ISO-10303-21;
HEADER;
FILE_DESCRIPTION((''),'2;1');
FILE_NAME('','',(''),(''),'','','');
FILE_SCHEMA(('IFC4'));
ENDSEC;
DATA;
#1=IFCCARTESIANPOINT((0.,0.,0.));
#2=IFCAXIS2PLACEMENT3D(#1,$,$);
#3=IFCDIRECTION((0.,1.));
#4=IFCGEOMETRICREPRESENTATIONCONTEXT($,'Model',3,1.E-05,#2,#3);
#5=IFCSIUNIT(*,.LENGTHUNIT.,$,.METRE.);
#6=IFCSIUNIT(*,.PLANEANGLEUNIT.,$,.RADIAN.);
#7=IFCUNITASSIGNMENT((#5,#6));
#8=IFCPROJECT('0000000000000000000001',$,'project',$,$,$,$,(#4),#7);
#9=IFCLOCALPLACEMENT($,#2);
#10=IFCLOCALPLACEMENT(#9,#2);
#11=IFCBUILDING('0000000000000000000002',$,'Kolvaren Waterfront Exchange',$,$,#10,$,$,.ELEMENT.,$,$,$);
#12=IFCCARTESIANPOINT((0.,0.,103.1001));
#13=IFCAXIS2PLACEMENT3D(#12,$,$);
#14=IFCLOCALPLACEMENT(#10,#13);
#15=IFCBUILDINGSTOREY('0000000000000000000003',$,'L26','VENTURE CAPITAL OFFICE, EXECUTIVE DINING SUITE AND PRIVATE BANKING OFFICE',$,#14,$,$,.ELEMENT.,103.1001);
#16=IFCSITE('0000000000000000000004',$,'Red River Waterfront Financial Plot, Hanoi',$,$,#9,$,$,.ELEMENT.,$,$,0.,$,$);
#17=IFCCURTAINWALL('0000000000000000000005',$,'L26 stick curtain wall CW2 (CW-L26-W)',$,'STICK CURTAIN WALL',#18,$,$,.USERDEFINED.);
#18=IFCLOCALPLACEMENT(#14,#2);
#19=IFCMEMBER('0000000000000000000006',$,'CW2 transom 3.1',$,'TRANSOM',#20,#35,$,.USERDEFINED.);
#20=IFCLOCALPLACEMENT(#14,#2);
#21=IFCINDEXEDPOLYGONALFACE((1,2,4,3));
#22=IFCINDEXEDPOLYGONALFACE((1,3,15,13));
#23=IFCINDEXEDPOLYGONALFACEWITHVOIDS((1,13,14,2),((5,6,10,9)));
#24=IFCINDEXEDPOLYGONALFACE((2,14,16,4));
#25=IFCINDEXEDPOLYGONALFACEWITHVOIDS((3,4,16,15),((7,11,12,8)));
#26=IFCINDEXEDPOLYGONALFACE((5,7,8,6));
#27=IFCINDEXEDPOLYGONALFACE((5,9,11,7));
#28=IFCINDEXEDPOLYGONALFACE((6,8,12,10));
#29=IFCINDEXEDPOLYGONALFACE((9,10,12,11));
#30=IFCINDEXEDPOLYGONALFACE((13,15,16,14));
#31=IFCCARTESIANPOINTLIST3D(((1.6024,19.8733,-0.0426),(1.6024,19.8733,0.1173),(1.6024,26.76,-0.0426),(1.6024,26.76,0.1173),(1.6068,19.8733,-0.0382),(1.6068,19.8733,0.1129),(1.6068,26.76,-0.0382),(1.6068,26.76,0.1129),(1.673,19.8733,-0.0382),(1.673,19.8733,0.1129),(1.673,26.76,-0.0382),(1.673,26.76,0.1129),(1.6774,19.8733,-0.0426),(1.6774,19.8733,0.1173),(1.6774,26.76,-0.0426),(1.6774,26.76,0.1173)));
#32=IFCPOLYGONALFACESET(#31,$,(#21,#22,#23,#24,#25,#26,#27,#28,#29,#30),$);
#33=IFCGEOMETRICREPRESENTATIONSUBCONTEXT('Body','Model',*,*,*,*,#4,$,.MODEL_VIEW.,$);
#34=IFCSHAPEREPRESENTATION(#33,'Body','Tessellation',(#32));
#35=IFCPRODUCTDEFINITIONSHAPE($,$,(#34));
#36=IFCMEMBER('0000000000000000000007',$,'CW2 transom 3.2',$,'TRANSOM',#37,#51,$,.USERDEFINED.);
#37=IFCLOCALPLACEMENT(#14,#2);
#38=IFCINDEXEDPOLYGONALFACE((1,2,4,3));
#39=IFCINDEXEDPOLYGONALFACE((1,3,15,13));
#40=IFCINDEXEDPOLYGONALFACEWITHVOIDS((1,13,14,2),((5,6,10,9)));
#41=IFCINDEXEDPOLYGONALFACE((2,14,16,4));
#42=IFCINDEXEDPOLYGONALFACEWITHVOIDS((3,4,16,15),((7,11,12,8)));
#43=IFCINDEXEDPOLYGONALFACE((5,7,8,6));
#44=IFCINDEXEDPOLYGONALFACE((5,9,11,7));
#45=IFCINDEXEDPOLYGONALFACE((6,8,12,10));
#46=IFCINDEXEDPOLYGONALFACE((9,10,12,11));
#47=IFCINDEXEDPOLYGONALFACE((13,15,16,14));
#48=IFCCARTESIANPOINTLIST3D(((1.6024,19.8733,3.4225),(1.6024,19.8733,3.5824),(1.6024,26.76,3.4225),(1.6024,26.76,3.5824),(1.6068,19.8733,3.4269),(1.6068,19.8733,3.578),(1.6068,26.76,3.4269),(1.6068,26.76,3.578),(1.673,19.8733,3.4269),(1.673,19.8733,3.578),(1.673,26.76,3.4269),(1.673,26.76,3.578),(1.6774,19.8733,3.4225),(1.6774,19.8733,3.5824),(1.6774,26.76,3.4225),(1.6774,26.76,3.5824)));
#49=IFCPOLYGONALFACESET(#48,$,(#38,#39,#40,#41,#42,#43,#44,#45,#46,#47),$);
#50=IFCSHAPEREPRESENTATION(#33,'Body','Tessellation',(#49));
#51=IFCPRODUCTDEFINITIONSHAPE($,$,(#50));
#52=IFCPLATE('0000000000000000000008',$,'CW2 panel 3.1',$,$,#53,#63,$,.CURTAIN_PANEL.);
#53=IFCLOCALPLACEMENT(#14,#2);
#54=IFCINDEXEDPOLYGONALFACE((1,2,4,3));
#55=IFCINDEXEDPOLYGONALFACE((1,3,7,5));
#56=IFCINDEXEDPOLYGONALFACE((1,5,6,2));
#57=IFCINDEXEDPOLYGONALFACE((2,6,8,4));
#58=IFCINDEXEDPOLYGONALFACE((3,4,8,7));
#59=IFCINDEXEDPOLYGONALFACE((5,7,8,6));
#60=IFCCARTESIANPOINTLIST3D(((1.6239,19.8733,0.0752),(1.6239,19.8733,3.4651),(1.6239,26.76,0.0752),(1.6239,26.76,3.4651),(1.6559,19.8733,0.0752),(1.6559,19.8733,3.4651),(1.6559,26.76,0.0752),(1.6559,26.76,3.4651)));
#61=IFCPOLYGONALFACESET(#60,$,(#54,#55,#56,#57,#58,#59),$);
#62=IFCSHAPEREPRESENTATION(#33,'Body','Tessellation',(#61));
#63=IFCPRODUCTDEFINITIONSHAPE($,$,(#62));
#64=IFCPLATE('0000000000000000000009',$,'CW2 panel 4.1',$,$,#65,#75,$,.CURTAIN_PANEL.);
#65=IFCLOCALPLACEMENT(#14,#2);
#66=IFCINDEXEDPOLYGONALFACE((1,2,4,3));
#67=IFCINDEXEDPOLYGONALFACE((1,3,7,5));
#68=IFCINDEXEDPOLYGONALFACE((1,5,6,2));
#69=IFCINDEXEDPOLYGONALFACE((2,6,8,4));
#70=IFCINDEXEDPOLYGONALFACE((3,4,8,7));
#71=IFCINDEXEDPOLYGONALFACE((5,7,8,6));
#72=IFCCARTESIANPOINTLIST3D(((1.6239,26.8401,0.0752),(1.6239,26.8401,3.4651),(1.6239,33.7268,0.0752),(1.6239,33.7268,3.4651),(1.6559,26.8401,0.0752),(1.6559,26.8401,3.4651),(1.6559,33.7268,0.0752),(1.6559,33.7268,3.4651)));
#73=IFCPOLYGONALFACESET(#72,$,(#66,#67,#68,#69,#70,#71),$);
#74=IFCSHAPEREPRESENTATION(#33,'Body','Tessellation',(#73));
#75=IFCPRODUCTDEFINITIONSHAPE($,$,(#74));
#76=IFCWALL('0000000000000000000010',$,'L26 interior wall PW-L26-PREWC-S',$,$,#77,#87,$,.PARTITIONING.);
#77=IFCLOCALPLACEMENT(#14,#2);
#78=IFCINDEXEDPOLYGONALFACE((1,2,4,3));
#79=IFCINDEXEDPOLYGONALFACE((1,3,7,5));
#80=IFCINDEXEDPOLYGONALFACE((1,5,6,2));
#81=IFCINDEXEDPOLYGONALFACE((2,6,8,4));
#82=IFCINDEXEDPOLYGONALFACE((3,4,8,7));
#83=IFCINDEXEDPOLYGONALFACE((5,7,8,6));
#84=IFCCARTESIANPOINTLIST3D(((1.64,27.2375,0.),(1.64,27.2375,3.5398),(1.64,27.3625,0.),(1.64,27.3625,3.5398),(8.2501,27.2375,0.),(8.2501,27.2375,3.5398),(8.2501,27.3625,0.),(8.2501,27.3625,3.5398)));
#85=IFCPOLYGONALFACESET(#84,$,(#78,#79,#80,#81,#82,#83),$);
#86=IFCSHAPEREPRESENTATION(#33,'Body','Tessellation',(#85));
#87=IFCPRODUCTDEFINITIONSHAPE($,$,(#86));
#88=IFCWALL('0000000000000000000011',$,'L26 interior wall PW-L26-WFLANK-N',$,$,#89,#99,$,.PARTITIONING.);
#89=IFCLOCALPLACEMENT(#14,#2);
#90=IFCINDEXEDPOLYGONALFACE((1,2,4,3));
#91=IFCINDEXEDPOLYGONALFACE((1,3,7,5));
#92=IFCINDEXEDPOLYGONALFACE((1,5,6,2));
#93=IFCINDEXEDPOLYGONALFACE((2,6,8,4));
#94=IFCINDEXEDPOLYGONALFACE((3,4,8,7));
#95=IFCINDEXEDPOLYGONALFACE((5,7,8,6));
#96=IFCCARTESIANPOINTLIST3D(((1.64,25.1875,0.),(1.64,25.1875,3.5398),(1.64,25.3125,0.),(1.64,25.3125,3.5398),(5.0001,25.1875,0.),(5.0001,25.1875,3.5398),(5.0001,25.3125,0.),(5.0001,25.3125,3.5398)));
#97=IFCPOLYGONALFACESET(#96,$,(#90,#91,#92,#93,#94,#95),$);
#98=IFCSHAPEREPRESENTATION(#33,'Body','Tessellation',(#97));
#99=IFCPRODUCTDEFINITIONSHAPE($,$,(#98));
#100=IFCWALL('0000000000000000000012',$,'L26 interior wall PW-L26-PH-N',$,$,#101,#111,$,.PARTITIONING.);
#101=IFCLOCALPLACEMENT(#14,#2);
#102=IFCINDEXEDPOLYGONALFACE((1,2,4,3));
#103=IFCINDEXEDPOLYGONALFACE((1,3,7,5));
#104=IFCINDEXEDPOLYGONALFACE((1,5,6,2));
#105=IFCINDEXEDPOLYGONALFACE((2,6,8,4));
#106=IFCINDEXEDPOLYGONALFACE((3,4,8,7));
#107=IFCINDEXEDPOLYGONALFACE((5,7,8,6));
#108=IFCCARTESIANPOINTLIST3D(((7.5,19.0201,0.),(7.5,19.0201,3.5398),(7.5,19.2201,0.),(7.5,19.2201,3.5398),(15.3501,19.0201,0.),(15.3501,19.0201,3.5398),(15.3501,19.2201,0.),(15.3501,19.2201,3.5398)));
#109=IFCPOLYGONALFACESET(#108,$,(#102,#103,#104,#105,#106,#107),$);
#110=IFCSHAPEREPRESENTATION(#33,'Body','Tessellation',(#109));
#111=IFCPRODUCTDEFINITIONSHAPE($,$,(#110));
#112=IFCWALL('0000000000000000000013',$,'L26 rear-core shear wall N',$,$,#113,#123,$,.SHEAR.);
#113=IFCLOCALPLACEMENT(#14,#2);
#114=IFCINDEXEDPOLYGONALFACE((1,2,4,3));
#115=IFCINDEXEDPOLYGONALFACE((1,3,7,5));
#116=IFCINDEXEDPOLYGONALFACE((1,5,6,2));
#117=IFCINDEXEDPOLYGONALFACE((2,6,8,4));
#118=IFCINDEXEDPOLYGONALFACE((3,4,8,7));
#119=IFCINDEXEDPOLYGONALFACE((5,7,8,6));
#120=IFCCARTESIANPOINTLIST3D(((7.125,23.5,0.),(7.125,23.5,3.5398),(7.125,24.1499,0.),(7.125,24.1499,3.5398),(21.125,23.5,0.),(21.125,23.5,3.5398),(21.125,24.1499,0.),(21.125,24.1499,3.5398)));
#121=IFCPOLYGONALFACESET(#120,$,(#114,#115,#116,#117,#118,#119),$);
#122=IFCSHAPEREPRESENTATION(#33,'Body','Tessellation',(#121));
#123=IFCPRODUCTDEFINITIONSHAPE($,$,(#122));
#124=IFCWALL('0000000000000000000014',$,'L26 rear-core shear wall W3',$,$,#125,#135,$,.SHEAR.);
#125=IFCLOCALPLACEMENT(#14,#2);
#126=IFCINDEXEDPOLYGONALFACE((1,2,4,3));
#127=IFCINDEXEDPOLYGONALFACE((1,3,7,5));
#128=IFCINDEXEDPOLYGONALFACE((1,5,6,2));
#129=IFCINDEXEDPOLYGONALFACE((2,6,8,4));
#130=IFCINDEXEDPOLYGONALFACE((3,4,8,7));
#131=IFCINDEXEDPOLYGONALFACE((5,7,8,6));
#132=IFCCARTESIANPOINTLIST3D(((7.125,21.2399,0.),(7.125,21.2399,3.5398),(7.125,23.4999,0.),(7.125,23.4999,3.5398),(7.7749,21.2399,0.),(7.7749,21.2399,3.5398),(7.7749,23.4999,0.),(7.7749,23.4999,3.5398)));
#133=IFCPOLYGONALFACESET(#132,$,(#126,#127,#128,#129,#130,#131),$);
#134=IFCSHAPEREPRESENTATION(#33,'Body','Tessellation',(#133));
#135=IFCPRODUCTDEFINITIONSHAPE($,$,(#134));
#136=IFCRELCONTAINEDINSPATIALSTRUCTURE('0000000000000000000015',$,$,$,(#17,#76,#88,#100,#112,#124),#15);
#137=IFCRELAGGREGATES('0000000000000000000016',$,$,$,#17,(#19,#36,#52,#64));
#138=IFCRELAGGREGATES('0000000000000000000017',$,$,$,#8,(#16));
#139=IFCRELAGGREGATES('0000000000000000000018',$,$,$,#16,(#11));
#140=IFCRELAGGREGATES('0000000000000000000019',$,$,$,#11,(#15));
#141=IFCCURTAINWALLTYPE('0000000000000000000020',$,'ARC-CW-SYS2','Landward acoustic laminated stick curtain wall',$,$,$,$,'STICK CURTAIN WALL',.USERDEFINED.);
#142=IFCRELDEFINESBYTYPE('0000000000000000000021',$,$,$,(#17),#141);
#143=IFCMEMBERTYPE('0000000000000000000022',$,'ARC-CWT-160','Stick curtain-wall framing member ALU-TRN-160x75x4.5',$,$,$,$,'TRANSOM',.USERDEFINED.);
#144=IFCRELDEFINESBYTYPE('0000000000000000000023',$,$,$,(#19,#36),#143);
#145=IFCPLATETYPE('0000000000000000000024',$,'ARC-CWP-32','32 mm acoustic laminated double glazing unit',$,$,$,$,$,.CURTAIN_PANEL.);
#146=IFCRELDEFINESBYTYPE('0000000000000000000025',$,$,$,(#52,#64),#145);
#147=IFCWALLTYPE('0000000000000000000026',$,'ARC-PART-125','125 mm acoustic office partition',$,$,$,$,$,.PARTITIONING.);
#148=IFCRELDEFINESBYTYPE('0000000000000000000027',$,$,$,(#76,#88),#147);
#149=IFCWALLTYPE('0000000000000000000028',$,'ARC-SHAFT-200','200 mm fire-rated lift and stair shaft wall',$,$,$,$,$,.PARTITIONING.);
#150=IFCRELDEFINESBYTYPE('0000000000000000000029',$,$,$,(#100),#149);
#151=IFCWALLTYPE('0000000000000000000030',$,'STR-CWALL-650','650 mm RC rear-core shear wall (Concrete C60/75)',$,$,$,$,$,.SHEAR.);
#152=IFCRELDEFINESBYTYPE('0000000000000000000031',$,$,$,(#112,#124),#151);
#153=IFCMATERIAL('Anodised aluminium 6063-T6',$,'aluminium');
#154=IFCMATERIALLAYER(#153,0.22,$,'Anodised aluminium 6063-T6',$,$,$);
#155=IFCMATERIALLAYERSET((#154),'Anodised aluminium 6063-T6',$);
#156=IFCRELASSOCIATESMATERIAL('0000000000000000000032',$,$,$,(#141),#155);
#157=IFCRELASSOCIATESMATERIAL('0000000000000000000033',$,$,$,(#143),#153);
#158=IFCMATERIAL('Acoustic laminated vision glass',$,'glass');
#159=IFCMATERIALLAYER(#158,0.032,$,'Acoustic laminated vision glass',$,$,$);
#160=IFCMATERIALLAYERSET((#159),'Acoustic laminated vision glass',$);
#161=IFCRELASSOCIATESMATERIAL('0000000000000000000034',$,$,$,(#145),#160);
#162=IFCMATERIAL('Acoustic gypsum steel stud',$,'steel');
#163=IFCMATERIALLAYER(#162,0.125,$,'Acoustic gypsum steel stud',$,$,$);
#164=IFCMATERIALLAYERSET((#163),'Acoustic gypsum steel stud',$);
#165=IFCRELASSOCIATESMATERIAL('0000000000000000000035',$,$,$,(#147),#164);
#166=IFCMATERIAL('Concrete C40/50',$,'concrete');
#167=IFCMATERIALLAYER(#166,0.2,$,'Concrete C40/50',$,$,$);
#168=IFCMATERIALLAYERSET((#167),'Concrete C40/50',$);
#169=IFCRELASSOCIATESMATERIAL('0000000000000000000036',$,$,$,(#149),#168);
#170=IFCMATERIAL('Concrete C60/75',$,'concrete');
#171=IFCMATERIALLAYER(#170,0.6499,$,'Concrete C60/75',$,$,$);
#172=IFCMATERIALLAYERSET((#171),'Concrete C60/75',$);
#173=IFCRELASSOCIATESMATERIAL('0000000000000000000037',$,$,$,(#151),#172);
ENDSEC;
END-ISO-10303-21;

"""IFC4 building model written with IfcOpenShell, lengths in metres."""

from ifc_helpers import new_model, si_unit, direction, frame, frame_2d, origin, origin_with_axes, origin_2d, place, context, subcontext, project, spatial, rectangle, hollow_rectangle, extrude, source, transform, mapped, material, layer, layer_set, material_profile, profile_set, type_object, element, aggregate, save


model = new_model("IFC4")

# Units and contexts
model_context = context("Model", 3, precision=1e-05, world=origin(), true_north=direction((0.0, 1.0)))
body_context = subcontext(model_context, "Body", "Model", "MODEL_VIEW")
ifc_project = project(units=[si_unit("LENGTHUNIT", "METRE"), si_unit("PLANEANGLEUNIT", "RADIAN")], contexts=[model_context])

# Site, building, storey
site_placement = place(None, origin())
site = spatial("IfcSite", under=ifc_project, at=site_placement, Name="Red River Waterfront Financial Plot, Hanoi", CompositionType="ELEMENT", RefElevation=0.0)
building_placement = place(site_placement, origin())
building = spatial("IfcBuilding", under=site, at=building_placement, Name="Kolvaren Waterfront Exchange", CompositionType="ELEMENT")
storey_placement = place(building_placement, frame((0.0, 0.0, 103.1001)))
storey = spatial("IfcBuildingStorey", under=building, at=storey_placement, Name="L26", Description="VENTURE CAPITAL OFFICE, EXECUTIVE DINING SUITE AND PRIVATE BANKING OFFICE", CompositionType="ELEMENT", Elevation=103.1001)

# Shared definitions
ifc_material_1 = material(Name="Concrete C60/75", Category="concrete")

# Curtain wall, members, plates
ifc_material_2 = material(Name="Anodised aluminium 6063-T6", Category="aluminium")
ifc_layer_1 = layer(ifc_material_2, 0.22, Name="Anodised aluminium 6063-T6")
ifc_layer_set_1 = layer_set([ifc_layer_1], Name="Anodised aluminium 6063-T6")
curtain_wall_type = type_object("IfcCurtainWallType", Name="ARC-CW-SYS2", Description="Landward acoustic laminated stick curtain wall", ElementType="STICK CURTAIN WALL", PredefinedType="USERDEFINED", material=ifc_layer_set_1)
curtain_wall_placement = place(storey_placement, origin())
curtain_wall = element("IfcCurtainWall", 1, at=curtain_wall_placement, inside=storey, type_object=curtain_wall_type, Name="L26 stick curtain wall CW2 (CW-L26-W)", ObjectType="STICK CURTAIN WALL", PredefinedType="USERDEFINED")
ifc_material_profile_1 = material_profile(ifc_material_2, hollow_rectangle(XDim=0.075, YDim=0.1599, WallThickness=0.0044, at=origin_2d()), Name="ALU-TRN-160x75x4.5")
ifc_profile_set_1 = profile_set([ifc_material_profile_1], Name="Anodised aluminium 6063-T6")
member_type_1 = type_object("IfcMemberType", Name="ARC-CWT-160", Description="Stick curtain-wall framing member ALU-TRN-160x75x4.5", ElementType="TRANSOM", PredefinedType="USERDEFINED", material=ifc_profile_set_1)
shared_shape_1 = source(origin_with_axes(), body_context, "Body", "SweptSolid", [
    extrude(hollow_rectangle(XDim=0.075, YDim=0.1599, WallThickness=0.0044, at=origin_2d()), origin(), (0.0, 0.0, 1.0), 6.8867),
])
member_1_placement = place(storey_placement, frame((1.6399, 19.8733, 0.0374), z_axis=(0.0, 1.0, 0.0), x_axis=(-1.0, 0.0, 0.0)))
member_1 = element("IfcMember", 2, at=member_1_placement, type_object=member_type_1, Name="CW2 transom 3.1", ObjectType="TRANSOM", PredefinedType="USERDEFINED", context=body_context, shape_type="MappedRepresentation", body=[
    mapped(shared_shape_1, transform((0.0, 0.0, 0.0), x_axis=(1.0, 0.0, 0.0), y_axis=(0.0, 1.0, 0.0), z_axis=(0.0, 0.0, 1.0), scale=1.0)),
])
member_2_placement = place(storey_placement, frame((1.6399, 19.8733, 3.5024), z_axis=(0.0, 1.0, 0.0), x_axis=(-1.0, 0.0, 0.0)))
member_2 = element("IfcMember", 3, at=member_2_placement, type_object=member_type_1, Name="CW2 transom 3.2", ObjectType="TRANSOM", PredefinedType="USERDEFINED", context=body_context, shape_type="MappedRepresentation", body=[
    mapped(shared_shape_1, transform((0.0, 0.0, 0.0), x_axis=(1.0, 0.0, 0.0), y_axis=(0.0, 1.0, 0.0), z_axis=(0.0, 0.0, 1.0), scale=1.0)),
])
ifc_material_3 = material(Name="Acoustic laminated vision glass", Category="glass")
ifc_layer_2 = layer(ifc_material_3, 0.032, Name="Acoustic laminated vision glass")
ifc_layer_set_2 = layer_set([ifc_layer_2], Name="Acoustic laminated vision glass")
plate_type = type_object("IfcPlateType", Name="ARC-CWP-32", Description="32 mm acoustic laminated double glazing unit", PredefinedType="CURTAIN_PANEL", material=ifc_layer_set_2)
shared_shape_2 = source(origin_with_axes(), body_context, "Body", "SweptSolid", [
    extrude(rectangle(XDim=6.8867, YDim=0.032, at=origin_2d()), origin(), (0.0, 0.0, 1.0), 3.3899),
])
plate_1_placement = place(storey_placement, frame((1.6399, 23.3167, 0.0752), z_axis=(0.0, 0.0, 1.0), x_axis=(0.0, 1.0, 0.0)))
plate_1 = element("IfcPlate", 4, at=plate_1_placement, type_object=plate_type, Name="CW2 panel 3.1", PredefinedType="CURTAIN_PANEL", context=body_context, shape_type="MappedRepresentation", body=[
    mapped(shared_shape_2, transform((0.0, 0.0, 0.0), x_axis=(1.0, 0.0, 0.0), y_axis=(0.0, 1.0, 0.0), z_axis=(0.0, 0.0, 1.0), scale=1.0)),
])
plate_2_placement = place(storey_placement, frame((1.6399, 30.2834, 0.0752), z_axis=(0.0, 0.0, 1.0), x_axis=(0.0, 1.0, 0.0)))
plate_2 = element("IfcPlate", 5, at=plate_2_placement, type_object=plate_type, Name="CW2 panel 4.1", PredefinedType="CURTAIN_PANEL", context=body_context, shape_type="MappedRepresentation", body=[
    mapped(shared_shape_2, transform((0.0, 0.0, 0.0), x_axis=(1.0, 0.0, 0.0), y_axis=(0.0, 1.0, 0.0), z_axis=(0.0, 0.0, 1.0), scale=1.0)),
])
aggregate(curtain_wall, [member_1, member_2, plate_1, plate_2])

# Walls
ifc_material_4 = material(Name="Acoustic gypsum steel stud", Category="steel")
ifc_layer_3 = layer(ifc_material_4, 0.125, Name="Acoustic gypsum steel stud")
ifc_layer_set_3 = layer_set([ifc_layer_3], Name="Acoustic gypsum steel stud")
wall_type_1 = type_object("IfcWallType", Name="ARC-PART-125", Description="125 mm acoustic office partition", PredefinedType="PARTITIONING", material=ifc_layer_set_3)
wall_1_placement = place(storey_placement, frame((1.6399, 27.3, 0.0), z_axis=(0.0, 0.0, 1.0), x_axis=(1.0, 0.0, 0.0)))
element("IfcWall", 6, at=wall_1_placement, inside=storey, type_object=wall_type_1, Name="L26 interior wall PW-L26-PREWC-S", PredefinedType="PARTITIONING", context=body_context, shape_type="SweptSolid", body=[
    extrude(rectangle(XDim=6.6101, YDim=0.125, at=frame_2d((3.3052, 0.0))), origin(), (0.0, 0.0, 1.0), 3.5398),
])
wall_2_placement = place(storey_placement, frame((1.6399, 25.25, 0.0), z_axis=(0.0, 0.0, 1.0), x_axis=(1.0, 0.0, 0.0)))
element("IfcWall", 7, at=wall_2_placement, inside=storey, type_object=wall_type_1, Name="L26 interior wall PW-L26-WFLANK-N", PredefinedType="PARTITIONING", context=body_context, shape_type="SweptSolid", body=[
    extrude(rectangle(XDim=3.3601, YDim=0.125, at=frame_2d((1.6802, 0.0))), origin(), (0.0, 0.0, 1.0), 3.5398),
])
ifc_material_5 = material(Name="Concrete C40/50", Category="concrete")
ifc_layer_4 = layer(ifc_material_5, 0.2, Name="Concrete C40/50")
ifc_layer_set_4 = layer_set([ifc_layer_4], Name="Concrete C40/50")
wall_type_2 = type_object("IfcWallType", Name="ARC-SHAFT-200", Description="200 mm fire-rated lift and stair shaft wall", PredefinedType="PARTITIONING", material=ifc_layer_set_4)
wall_3_placement = place(storey_placement, frame((7.5, 19.1201, 0.0), z_axis=(0.0, 0.0, 1.0), x_axis=(1.0, 0.0, 0.0)))
element("IfcWall", 8, at=wall_3_placement, inside=storey, type_object=wall_type_2, Name="L26 interior wall PW-L26-PH-N", PredefinedType="PARTITIONING", context=body_context, shape_type="SweptSolid", body=[
    extrude(rectangle(XDim=7.8501, YDim=0.2, at=frame_2d((3.925, 0.0))), origin(), (0.0, 0.0, 1.0), 3.5398),
])
ifc_layer_5 = layer(ifc_material_1, 0.6499, Name="Concrete C60/75")
ifc_layer_set_5 = layer_set([ifc_layer_5], Name="Concrete C60/75")
wall_type_3 = type_object("IfcWallType", Name="STR-CWALL-650", Description="650 mm RC rear-core shear wall (Concrete C60/75)", PredefinedType="SHEAR", material=ifc_layer_set_5)
wall_4_placement = place(storey_placement, frame((7.125, 23.825, 0.0), z_axis=(0.0, 0.0, 1.0), x_axis=(1.0, 0.0, 0.0)))
element("IfcWall", 9, at=wall_4_placement, inside=storey, type_object=wall_type_3, Name="L26 rear-core shear wall N", PredefinedType="SHEAR", context=body_context, shape_type="SweptSolid", body=[
    extrude(rectangle(XDim=14.0, YDim=0.6499, at=frame_2d((7.0, 0.0))), origin(), (0.0, 0.0, 1.0), 3.5398),
])
wall_5_placement = place(storey_placement, frame((7.45, 21.24, 0.0), z_axis=(0.0, 0.0, 1.0), x_axis=(0.0, 1.0, 0.0)))
element("IfcWall", 10, at=wall_5_placement, inside=storey, type_object=wall_type_3, Name="L26 rear-core shear wall W3", PredefinedType="SHEAR", context=body_context, shape_type="SweptSolid", body=[
    extrude(rectangle(XDim=2.26, YDim=0.6499, at=frame_2d((1.1299, 0.0))), origin(), (0.0, 0.0, 1.0), 3.5398),
])

save(model, "model.ifc")
